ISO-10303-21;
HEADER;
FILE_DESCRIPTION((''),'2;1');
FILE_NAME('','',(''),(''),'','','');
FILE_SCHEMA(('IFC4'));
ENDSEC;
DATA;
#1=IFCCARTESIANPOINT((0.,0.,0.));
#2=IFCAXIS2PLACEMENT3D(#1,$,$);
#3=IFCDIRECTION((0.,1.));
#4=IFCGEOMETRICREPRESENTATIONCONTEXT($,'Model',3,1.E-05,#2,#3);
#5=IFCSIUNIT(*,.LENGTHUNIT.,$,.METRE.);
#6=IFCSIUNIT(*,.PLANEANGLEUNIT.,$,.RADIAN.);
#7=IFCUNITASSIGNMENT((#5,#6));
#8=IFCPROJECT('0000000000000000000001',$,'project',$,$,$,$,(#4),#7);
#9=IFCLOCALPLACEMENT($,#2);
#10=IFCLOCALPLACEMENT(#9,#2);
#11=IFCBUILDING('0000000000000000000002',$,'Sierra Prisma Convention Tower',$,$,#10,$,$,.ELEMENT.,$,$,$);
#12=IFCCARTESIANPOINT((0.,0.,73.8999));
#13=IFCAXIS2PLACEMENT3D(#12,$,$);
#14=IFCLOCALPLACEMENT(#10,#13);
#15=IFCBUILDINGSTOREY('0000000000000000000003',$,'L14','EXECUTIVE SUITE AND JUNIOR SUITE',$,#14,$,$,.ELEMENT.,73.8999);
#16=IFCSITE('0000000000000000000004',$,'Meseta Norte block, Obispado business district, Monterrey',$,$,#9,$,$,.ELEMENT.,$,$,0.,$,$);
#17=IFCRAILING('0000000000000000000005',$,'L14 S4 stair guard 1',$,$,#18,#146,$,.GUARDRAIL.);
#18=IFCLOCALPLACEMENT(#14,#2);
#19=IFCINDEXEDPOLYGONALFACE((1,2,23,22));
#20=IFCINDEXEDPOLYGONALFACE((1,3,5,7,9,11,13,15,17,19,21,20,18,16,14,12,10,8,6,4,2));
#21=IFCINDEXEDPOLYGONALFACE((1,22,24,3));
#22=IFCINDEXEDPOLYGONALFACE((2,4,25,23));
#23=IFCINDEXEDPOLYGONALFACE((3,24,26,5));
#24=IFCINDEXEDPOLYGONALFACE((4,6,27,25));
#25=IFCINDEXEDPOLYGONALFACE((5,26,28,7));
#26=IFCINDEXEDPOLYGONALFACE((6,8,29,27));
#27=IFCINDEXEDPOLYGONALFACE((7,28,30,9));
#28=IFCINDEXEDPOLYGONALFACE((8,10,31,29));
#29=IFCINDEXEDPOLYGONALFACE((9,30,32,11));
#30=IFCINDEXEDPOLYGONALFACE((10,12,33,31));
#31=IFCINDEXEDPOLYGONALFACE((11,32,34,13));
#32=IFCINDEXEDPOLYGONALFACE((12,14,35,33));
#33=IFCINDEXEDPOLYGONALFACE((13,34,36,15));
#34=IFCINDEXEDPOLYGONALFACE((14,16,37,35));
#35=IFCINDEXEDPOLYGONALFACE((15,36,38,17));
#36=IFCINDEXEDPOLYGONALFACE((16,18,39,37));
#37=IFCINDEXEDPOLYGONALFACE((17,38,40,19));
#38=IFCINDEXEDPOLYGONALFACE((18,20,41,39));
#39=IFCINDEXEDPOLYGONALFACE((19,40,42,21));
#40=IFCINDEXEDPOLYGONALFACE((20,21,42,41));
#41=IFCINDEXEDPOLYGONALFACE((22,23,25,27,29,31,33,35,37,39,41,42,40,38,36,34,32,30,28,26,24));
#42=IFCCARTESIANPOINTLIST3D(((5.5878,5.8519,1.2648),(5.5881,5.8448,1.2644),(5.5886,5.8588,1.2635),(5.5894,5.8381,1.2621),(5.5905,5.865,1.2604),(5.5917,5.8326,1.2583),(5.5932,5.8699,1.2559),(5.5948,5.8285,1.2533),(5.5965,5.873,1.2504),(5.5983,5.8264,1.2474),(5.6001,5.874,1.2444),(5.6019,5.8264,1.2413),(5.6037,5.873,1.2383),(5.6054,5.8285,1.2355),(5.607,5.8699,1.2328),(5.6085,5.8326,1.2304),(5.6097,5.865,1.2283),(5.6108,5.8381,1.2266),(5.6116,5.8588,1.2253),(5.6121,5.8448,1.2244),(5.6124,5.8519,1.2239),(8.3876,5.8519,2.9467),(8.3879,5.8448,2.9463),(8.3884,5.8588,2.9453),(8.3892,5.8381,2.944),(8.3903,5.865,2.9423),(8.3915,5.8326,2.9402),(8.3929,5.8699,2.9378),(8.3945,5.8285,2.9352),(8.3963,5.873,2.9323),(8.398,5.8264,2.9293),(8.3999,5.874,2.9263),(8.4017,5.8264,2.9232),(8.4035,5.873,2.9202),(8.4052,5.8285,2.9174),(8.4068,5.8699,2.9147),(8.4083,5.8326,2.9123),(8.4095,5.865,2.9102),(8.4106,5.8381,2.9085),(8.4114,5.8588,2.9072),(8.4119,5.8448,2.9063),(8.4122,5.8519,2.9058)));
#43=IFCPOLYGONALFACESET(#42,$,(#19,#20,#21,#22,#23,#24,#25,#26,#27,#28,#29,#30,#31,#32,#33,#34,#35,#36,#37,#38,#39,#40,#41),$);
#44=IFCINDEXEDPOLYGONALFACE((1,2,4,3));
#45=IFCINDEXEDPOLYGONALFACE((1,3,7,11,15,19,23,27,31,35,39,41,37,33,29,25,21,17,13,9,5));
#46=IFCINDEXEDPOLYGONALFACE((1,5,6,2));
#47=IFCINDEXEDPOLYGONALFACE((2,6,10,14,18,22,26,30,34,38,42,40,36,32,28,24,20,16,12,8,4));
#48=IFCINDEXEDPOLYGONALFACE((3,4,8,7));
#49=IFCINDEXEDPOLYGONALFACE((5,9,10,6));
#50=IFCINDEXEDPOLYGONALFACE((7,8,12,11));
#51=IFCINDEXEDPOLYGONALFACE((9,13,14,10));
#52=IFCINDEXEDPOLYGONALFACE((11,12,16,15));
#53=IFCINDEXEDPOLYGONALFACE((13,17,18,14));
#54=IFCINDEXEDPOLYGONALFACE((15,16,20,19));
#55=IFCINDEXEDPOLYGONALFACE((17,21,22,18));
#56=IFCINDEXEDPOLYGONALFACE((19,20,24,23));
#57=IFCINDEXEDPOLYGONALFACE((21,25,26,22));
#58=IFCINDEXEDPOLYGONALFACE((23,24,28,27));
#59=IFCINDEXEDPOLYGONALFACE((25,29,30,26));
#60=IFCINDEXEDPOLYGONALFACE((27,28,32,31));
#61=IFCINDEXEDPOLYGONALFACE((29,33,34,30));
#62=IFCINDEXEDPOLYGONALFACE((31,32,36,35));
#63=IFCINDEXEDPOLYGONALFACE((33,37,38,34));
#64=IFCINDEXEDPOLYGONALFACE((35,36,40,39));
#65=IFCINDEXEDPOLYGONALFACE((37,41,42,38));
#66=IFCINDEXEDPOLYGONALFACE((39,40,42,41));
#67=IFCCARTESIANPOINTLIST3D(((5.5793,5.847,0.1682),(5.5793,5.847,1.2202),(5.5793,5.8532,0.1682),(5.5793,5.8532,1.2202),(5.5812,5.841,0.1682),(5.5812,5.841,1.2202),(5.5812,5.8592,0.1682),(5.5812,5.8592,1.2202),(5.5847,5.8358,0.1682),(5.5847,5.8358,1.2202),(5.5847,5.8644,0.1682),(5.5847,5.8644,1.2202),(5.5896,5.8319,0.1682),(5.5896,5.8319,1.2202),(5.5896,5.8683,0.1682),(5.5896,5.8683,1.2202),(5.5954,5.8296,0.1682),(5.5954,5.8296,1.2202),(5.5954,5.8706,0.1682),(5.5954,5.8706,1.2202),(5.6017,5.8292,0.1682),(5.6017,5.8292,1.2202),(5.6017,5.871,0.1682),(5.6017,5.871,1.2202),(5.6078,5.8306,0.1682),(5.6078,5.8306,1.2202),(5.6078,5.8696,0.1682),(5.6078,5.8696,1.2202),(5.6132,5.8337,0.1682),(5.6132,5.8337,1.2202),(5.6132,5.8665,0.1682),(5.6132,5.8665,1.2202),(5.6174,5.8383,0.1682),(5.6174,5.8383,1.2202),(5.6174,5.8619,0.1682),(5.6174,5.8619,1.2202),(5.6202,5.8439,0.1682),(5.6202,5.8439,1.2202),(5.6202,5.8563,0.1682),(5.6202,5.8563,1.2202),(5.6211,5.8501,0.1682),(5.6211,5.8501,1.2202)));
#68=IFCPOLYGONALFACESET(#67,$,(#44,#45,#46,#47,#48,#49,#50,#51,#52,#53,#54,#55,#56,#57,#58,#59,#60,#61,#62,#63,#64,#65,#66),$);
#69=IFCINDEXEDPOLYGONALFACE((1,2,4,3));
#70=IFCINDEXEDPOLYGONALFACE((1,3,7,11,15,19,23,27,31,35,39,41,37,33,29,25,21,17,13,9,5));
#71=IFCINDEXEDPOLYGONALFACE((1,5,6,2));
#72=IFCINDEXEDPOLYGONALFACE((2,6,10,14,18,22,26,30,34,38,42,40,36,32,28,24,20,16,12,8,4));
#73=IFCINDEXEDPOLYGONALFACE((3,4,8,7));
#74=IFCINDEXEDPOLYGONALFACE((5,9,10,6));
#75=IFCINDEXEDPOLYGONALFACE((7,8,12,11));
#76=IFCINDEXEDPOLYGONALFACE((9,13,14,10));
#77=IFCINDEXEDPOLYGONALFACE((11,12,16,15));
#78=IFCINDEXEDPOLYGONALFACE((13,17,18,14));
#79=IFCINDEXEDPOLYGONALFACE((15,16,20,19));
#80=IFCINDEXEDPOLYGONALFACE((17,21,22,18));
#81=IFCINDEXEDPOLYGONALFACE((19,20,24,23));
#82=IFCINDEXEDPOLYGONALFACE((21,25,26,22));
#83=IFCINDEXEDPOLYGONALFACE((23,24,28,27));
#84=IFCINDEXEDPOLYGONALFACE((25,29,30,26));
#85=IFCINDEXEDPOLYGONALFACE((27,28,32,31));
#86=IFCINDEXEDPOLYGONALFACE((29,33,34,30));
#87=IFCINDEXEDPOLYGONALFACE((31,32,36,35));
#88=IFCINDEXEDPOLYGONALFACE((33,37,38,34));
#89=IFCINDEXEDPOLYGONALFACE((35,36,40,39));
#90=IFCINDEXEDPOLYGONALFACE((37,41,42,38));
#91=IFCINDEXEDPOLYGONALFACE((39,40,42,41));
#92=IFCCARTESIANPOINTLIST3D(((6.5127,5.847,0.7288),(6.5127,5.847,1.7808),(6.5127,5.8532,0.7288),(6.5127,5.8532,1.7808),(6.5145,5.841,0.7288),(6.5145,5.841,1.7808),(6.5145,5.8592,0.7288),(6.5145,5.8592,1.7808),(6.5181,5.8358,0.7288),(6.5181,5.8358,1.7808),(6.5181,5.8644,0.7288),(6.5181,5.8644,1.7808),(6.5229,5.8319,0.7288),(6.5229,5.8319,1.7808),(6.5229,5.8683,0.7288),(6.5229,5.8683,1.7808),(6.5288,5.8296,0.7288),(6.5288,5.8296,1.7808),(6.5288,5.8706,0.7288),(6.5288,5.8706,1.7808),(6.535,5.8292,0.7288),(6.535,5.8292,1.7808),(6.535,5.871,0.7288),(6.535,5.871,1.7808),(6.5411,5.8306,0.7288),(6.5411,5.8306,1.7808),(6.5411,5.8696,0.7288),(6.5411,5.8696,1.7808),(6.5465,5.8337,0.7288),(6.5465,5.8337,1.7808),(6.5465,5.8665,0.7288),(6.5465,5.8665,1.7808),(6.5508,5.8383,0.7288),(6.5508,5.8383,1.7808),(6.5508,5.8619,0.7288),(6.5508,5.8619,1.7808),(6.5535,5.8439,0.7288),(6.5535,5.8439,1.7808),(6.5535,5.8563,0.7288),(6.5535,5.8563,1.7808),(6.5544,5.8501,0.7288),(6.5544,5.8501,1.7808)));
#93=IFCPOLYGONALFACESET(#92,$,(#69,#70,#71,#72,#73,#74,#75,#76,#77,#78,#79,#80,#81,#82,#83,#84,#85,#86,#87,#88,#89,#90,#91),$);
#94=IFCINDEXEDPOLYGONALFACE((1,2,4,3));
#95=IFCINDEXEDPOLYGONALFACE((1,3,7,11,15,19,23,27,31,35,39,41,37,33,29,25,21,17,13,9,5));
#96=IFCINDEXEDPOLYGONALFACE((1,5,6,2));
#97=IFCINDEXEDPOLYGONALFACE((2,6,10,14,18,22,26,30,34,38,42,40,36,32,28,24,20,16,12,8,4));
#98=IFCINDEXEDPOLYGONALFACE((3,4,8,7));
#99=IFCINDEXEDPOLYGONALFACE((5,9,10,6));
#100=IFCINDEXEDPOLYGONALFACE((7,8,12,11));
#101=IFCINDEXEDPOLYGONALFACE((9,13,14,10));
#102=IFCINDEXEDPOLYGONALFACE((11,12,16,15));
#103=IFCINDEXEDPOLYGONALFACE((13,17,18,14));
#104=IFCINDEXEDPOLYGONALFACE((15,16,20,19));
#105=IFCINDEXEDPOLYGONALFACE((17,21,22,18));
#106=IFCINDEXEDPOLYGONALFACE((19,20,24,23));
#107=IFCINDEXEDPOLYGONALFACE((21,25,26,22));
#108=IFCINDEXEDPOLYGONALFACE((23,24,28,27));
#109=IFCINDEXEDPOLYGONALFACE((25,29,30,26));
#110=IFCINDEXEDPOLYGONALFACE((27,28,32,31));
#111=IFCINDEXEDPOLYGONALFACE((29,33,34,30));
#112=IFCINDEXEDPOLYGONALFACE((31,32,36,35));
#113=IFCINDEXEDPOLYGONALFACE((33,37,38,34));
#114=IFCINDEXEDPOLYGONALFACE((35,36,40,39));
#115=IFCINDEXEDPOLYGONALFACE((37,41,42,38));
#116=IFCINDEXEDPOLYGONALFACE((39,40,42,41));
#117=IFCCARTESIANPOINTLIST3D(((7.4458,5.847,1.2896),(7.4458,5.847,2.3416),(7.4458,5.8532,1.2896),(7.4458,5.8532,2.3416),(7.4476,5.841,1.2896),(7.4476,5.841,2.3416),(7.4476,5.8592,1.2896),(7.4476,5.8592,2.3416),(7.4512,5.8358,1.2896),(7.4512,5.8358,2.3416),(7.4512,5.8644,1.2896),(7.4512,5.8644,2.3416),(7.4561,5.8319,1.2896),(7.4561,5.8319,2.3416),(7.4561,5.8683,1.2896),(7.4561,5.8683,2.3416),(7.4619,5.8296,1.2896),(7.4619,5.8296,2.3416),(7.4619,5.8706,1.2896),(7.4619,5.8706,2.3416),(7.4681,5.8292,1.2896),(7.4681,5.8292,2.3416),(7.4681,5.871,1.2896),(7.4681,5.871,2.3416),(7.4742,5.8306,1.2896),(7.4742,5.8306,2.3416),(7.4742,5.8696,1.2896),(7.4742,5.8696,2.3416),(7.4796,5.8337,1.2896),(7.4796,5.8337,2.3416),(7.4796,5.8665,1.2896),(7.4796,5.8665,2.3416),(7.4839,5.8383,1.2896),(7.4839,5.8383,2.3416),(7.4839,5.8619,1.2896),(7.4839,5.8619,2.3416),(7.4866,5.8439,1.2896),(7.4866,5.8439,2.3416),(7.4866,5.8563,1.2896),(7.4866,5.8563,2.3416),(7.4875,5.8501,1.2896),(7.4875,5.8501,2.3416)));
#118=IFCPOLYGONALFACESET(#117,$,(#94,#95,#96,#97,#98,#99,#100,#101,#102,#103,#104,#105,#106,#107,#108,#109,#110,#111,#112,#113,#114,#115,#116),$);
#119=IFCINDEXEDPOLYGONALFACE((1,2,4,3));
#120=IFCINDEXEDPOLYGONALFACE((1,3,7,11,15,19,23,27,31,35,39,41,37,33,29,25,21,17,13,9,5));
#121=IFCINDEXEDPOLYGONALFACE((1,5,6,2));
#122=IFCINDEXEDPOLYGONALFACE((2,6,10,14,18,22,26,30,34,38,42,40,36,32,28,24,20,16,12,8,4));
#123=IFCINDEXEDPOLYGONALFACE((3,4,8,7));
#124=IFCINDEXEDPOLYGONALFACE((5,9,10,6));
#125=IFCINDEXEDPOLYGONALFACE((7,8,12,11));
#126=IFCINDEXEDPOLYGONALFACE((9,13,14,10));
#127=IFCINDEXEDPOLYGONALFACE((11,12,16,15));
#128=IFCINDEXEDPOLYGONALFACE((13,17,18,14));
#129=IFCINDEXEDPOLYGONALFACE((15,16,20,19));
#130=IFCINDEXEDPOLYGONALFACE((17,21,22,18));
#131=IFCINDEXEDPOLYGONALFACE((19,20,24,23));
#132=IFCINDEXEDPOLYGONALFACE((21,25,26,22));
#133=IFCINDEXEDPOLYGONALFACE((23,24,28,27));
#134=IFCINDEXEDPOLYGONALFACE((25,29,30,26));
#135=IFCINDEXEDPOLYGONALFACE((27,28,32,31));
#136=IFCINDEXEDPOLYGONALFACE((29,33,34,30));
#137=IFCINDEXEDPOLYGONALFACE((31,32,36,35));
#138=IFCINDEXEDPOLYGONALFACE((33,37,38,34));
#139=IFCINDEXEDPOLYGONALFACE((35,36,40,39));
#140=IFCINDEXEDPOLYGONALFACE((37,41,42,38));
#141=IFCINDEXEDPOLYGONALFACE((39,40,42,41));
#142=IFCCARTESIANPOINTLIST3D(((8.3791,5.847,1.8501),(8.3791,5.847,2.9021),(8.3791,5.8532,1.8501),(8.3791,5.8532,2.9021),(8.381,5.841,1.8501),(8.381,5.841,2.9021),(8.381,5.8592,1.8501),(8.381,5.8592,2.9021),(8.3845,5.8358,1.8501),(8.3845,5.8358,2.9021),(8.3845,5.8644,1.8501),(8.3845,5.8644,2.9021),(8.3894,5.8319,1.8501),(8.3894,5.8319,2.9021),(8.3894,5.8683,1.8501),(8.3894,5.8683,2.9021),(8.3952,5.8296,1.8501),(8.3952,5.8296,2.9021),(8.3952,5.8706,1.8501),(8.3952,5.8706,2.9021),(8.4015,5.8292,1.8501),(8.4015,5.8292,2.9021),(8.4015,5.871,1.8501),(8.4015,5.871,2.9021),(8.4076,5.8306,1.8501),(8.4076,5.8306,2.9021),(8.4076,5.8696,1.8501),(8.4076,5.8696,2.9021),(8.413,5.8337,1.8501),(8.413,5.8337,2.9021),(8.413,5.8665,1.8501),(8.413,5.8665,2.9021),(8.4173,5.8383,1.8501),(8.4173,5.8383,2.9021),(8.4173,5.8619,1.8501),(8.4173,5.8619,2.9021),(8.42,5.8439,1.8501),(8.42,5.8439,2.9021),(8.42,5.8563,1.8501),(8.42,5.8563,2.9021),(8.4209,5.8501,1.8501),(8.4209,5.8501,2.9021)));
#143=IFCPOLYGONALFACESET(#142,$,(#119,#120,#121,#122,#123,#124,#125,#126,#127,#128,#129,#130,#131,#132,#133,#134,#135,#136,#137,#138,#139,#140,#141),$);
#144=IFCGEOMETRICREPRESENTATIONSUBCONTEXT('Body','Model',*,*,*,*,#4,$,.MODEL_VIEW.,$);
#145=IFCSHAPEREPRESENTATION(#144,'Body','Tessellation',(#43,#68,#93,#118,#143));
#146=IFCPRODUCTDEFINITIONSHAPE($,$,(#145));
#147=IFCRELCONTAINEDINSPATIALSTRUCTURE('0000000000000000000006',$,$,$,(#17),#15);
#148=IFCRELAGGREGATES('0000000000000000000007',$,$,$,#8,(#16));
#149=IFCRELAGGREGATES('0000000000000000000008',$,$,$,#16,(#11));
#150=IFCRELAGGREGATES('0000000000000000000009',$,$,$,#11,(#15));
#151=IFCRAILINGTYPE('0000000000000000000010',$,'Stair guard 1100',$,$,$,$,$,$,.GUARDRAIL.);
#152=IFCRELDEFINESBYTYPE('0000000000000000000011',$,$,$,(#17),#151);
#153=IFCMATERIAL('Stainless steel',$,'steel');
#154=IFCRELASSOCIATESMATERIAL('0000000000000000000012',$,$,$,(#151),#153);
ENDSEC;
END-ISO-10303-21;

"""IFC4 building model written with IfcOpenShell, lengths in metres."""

from ifc_helpers import new_model, si_unit, direction, frame, origin, origin_2d, place, context, subcontext, project, spatial, circle, extrude, material, type_object, element, save


model = new_model("IFC4")

# Units and contexts
model_context = context("Model", 3, precision=1e-05, world=origin(), true_north=direction((0.0, 1.0)))
body_context = subcontext(model_context, "Body", "Model", "MODEL_VIEW")
ifc_project = project(units=[si_unit("LENGTHUNIT", "METRE"), si_unit("PLANEANGLEUNIT", "RADIAN")], contexts=[model_context])

# Site, building, storey
site_placement = place(None, origin())
site = spatial("IfcSite", under=ifc_project, at=site_placement, Name="Meseta Norte block, Obispado business district, Monterrey", CompositionType="ELEMENT", RefElevation=0.0)
building_placement = place(site_placement, origin())
building = spatial("IfcBuilding", under=site, at=building_placement, Name="Sierra Prisma Convention Tower", CompositionType="ELEMENT")
storey_placement = place(building_placement, frame((0.0, 0.0, 73.8999)))
storey = spatial("IfcBuildingStorey", under=building, at=storey_placement, Name="L14", Description="EXECUTIVE SUITE AND JUNIOR SUITE", CompositionType="ELEMENT", Elevation=73.8999)

# Railing
ifc_material_1 = material(Name="Stainless steel", Category="steel")
railing_type_1 = type_object("IfcRailingType", Name="Stair guard 1100", PredefinedType="GUARDRAIL", material=ifc_material_1)
railing_1_placement = place(storey_placement, frame((5.6001, 5.8501, 0.1682)))
element("IfcRailing", 1, at=railing_1_placement, inside=storey, type_object=railing_type_1, Name="L14 S4 stair guard 1", PredefinedType="GUARDRAIL", context=body_context, shape_type="SweptSolid", body=[
    extrude(circle(Radius=0.0239, at=origin_2d()), frame((0.0, 0.0, 1.0762), z_axis=(0.857222, 0.0, 0.514946), x_axis=(0.0, 1.0, 0.0)), (0.0, 0.0, 1.0), 3.2661),
    extrude(circle(Radius=0.021, at=origin_2d()), origin(), (0.0, 0.0, 1.0), 1.052),
    extrude(circle(Radius=0.021, at=origin_2d()), frame((0.9333, 0.0, 0.5605)), (0.0, 0.0, 1.0), 1.052),
    extrude(circle(Radius=0.021, at=origin_2d()), frame((1.8665, 0.0, 1.1213)), (0.0, 0.0, 1.0), 1.052),
    extrude(circle(Radius=0.021, at=origin_2d()), frame((2.7998, 0.0, 1.6819)), (0.0, 0.0, 1.0), 1.052),
])

save(model, "model.ifc")
